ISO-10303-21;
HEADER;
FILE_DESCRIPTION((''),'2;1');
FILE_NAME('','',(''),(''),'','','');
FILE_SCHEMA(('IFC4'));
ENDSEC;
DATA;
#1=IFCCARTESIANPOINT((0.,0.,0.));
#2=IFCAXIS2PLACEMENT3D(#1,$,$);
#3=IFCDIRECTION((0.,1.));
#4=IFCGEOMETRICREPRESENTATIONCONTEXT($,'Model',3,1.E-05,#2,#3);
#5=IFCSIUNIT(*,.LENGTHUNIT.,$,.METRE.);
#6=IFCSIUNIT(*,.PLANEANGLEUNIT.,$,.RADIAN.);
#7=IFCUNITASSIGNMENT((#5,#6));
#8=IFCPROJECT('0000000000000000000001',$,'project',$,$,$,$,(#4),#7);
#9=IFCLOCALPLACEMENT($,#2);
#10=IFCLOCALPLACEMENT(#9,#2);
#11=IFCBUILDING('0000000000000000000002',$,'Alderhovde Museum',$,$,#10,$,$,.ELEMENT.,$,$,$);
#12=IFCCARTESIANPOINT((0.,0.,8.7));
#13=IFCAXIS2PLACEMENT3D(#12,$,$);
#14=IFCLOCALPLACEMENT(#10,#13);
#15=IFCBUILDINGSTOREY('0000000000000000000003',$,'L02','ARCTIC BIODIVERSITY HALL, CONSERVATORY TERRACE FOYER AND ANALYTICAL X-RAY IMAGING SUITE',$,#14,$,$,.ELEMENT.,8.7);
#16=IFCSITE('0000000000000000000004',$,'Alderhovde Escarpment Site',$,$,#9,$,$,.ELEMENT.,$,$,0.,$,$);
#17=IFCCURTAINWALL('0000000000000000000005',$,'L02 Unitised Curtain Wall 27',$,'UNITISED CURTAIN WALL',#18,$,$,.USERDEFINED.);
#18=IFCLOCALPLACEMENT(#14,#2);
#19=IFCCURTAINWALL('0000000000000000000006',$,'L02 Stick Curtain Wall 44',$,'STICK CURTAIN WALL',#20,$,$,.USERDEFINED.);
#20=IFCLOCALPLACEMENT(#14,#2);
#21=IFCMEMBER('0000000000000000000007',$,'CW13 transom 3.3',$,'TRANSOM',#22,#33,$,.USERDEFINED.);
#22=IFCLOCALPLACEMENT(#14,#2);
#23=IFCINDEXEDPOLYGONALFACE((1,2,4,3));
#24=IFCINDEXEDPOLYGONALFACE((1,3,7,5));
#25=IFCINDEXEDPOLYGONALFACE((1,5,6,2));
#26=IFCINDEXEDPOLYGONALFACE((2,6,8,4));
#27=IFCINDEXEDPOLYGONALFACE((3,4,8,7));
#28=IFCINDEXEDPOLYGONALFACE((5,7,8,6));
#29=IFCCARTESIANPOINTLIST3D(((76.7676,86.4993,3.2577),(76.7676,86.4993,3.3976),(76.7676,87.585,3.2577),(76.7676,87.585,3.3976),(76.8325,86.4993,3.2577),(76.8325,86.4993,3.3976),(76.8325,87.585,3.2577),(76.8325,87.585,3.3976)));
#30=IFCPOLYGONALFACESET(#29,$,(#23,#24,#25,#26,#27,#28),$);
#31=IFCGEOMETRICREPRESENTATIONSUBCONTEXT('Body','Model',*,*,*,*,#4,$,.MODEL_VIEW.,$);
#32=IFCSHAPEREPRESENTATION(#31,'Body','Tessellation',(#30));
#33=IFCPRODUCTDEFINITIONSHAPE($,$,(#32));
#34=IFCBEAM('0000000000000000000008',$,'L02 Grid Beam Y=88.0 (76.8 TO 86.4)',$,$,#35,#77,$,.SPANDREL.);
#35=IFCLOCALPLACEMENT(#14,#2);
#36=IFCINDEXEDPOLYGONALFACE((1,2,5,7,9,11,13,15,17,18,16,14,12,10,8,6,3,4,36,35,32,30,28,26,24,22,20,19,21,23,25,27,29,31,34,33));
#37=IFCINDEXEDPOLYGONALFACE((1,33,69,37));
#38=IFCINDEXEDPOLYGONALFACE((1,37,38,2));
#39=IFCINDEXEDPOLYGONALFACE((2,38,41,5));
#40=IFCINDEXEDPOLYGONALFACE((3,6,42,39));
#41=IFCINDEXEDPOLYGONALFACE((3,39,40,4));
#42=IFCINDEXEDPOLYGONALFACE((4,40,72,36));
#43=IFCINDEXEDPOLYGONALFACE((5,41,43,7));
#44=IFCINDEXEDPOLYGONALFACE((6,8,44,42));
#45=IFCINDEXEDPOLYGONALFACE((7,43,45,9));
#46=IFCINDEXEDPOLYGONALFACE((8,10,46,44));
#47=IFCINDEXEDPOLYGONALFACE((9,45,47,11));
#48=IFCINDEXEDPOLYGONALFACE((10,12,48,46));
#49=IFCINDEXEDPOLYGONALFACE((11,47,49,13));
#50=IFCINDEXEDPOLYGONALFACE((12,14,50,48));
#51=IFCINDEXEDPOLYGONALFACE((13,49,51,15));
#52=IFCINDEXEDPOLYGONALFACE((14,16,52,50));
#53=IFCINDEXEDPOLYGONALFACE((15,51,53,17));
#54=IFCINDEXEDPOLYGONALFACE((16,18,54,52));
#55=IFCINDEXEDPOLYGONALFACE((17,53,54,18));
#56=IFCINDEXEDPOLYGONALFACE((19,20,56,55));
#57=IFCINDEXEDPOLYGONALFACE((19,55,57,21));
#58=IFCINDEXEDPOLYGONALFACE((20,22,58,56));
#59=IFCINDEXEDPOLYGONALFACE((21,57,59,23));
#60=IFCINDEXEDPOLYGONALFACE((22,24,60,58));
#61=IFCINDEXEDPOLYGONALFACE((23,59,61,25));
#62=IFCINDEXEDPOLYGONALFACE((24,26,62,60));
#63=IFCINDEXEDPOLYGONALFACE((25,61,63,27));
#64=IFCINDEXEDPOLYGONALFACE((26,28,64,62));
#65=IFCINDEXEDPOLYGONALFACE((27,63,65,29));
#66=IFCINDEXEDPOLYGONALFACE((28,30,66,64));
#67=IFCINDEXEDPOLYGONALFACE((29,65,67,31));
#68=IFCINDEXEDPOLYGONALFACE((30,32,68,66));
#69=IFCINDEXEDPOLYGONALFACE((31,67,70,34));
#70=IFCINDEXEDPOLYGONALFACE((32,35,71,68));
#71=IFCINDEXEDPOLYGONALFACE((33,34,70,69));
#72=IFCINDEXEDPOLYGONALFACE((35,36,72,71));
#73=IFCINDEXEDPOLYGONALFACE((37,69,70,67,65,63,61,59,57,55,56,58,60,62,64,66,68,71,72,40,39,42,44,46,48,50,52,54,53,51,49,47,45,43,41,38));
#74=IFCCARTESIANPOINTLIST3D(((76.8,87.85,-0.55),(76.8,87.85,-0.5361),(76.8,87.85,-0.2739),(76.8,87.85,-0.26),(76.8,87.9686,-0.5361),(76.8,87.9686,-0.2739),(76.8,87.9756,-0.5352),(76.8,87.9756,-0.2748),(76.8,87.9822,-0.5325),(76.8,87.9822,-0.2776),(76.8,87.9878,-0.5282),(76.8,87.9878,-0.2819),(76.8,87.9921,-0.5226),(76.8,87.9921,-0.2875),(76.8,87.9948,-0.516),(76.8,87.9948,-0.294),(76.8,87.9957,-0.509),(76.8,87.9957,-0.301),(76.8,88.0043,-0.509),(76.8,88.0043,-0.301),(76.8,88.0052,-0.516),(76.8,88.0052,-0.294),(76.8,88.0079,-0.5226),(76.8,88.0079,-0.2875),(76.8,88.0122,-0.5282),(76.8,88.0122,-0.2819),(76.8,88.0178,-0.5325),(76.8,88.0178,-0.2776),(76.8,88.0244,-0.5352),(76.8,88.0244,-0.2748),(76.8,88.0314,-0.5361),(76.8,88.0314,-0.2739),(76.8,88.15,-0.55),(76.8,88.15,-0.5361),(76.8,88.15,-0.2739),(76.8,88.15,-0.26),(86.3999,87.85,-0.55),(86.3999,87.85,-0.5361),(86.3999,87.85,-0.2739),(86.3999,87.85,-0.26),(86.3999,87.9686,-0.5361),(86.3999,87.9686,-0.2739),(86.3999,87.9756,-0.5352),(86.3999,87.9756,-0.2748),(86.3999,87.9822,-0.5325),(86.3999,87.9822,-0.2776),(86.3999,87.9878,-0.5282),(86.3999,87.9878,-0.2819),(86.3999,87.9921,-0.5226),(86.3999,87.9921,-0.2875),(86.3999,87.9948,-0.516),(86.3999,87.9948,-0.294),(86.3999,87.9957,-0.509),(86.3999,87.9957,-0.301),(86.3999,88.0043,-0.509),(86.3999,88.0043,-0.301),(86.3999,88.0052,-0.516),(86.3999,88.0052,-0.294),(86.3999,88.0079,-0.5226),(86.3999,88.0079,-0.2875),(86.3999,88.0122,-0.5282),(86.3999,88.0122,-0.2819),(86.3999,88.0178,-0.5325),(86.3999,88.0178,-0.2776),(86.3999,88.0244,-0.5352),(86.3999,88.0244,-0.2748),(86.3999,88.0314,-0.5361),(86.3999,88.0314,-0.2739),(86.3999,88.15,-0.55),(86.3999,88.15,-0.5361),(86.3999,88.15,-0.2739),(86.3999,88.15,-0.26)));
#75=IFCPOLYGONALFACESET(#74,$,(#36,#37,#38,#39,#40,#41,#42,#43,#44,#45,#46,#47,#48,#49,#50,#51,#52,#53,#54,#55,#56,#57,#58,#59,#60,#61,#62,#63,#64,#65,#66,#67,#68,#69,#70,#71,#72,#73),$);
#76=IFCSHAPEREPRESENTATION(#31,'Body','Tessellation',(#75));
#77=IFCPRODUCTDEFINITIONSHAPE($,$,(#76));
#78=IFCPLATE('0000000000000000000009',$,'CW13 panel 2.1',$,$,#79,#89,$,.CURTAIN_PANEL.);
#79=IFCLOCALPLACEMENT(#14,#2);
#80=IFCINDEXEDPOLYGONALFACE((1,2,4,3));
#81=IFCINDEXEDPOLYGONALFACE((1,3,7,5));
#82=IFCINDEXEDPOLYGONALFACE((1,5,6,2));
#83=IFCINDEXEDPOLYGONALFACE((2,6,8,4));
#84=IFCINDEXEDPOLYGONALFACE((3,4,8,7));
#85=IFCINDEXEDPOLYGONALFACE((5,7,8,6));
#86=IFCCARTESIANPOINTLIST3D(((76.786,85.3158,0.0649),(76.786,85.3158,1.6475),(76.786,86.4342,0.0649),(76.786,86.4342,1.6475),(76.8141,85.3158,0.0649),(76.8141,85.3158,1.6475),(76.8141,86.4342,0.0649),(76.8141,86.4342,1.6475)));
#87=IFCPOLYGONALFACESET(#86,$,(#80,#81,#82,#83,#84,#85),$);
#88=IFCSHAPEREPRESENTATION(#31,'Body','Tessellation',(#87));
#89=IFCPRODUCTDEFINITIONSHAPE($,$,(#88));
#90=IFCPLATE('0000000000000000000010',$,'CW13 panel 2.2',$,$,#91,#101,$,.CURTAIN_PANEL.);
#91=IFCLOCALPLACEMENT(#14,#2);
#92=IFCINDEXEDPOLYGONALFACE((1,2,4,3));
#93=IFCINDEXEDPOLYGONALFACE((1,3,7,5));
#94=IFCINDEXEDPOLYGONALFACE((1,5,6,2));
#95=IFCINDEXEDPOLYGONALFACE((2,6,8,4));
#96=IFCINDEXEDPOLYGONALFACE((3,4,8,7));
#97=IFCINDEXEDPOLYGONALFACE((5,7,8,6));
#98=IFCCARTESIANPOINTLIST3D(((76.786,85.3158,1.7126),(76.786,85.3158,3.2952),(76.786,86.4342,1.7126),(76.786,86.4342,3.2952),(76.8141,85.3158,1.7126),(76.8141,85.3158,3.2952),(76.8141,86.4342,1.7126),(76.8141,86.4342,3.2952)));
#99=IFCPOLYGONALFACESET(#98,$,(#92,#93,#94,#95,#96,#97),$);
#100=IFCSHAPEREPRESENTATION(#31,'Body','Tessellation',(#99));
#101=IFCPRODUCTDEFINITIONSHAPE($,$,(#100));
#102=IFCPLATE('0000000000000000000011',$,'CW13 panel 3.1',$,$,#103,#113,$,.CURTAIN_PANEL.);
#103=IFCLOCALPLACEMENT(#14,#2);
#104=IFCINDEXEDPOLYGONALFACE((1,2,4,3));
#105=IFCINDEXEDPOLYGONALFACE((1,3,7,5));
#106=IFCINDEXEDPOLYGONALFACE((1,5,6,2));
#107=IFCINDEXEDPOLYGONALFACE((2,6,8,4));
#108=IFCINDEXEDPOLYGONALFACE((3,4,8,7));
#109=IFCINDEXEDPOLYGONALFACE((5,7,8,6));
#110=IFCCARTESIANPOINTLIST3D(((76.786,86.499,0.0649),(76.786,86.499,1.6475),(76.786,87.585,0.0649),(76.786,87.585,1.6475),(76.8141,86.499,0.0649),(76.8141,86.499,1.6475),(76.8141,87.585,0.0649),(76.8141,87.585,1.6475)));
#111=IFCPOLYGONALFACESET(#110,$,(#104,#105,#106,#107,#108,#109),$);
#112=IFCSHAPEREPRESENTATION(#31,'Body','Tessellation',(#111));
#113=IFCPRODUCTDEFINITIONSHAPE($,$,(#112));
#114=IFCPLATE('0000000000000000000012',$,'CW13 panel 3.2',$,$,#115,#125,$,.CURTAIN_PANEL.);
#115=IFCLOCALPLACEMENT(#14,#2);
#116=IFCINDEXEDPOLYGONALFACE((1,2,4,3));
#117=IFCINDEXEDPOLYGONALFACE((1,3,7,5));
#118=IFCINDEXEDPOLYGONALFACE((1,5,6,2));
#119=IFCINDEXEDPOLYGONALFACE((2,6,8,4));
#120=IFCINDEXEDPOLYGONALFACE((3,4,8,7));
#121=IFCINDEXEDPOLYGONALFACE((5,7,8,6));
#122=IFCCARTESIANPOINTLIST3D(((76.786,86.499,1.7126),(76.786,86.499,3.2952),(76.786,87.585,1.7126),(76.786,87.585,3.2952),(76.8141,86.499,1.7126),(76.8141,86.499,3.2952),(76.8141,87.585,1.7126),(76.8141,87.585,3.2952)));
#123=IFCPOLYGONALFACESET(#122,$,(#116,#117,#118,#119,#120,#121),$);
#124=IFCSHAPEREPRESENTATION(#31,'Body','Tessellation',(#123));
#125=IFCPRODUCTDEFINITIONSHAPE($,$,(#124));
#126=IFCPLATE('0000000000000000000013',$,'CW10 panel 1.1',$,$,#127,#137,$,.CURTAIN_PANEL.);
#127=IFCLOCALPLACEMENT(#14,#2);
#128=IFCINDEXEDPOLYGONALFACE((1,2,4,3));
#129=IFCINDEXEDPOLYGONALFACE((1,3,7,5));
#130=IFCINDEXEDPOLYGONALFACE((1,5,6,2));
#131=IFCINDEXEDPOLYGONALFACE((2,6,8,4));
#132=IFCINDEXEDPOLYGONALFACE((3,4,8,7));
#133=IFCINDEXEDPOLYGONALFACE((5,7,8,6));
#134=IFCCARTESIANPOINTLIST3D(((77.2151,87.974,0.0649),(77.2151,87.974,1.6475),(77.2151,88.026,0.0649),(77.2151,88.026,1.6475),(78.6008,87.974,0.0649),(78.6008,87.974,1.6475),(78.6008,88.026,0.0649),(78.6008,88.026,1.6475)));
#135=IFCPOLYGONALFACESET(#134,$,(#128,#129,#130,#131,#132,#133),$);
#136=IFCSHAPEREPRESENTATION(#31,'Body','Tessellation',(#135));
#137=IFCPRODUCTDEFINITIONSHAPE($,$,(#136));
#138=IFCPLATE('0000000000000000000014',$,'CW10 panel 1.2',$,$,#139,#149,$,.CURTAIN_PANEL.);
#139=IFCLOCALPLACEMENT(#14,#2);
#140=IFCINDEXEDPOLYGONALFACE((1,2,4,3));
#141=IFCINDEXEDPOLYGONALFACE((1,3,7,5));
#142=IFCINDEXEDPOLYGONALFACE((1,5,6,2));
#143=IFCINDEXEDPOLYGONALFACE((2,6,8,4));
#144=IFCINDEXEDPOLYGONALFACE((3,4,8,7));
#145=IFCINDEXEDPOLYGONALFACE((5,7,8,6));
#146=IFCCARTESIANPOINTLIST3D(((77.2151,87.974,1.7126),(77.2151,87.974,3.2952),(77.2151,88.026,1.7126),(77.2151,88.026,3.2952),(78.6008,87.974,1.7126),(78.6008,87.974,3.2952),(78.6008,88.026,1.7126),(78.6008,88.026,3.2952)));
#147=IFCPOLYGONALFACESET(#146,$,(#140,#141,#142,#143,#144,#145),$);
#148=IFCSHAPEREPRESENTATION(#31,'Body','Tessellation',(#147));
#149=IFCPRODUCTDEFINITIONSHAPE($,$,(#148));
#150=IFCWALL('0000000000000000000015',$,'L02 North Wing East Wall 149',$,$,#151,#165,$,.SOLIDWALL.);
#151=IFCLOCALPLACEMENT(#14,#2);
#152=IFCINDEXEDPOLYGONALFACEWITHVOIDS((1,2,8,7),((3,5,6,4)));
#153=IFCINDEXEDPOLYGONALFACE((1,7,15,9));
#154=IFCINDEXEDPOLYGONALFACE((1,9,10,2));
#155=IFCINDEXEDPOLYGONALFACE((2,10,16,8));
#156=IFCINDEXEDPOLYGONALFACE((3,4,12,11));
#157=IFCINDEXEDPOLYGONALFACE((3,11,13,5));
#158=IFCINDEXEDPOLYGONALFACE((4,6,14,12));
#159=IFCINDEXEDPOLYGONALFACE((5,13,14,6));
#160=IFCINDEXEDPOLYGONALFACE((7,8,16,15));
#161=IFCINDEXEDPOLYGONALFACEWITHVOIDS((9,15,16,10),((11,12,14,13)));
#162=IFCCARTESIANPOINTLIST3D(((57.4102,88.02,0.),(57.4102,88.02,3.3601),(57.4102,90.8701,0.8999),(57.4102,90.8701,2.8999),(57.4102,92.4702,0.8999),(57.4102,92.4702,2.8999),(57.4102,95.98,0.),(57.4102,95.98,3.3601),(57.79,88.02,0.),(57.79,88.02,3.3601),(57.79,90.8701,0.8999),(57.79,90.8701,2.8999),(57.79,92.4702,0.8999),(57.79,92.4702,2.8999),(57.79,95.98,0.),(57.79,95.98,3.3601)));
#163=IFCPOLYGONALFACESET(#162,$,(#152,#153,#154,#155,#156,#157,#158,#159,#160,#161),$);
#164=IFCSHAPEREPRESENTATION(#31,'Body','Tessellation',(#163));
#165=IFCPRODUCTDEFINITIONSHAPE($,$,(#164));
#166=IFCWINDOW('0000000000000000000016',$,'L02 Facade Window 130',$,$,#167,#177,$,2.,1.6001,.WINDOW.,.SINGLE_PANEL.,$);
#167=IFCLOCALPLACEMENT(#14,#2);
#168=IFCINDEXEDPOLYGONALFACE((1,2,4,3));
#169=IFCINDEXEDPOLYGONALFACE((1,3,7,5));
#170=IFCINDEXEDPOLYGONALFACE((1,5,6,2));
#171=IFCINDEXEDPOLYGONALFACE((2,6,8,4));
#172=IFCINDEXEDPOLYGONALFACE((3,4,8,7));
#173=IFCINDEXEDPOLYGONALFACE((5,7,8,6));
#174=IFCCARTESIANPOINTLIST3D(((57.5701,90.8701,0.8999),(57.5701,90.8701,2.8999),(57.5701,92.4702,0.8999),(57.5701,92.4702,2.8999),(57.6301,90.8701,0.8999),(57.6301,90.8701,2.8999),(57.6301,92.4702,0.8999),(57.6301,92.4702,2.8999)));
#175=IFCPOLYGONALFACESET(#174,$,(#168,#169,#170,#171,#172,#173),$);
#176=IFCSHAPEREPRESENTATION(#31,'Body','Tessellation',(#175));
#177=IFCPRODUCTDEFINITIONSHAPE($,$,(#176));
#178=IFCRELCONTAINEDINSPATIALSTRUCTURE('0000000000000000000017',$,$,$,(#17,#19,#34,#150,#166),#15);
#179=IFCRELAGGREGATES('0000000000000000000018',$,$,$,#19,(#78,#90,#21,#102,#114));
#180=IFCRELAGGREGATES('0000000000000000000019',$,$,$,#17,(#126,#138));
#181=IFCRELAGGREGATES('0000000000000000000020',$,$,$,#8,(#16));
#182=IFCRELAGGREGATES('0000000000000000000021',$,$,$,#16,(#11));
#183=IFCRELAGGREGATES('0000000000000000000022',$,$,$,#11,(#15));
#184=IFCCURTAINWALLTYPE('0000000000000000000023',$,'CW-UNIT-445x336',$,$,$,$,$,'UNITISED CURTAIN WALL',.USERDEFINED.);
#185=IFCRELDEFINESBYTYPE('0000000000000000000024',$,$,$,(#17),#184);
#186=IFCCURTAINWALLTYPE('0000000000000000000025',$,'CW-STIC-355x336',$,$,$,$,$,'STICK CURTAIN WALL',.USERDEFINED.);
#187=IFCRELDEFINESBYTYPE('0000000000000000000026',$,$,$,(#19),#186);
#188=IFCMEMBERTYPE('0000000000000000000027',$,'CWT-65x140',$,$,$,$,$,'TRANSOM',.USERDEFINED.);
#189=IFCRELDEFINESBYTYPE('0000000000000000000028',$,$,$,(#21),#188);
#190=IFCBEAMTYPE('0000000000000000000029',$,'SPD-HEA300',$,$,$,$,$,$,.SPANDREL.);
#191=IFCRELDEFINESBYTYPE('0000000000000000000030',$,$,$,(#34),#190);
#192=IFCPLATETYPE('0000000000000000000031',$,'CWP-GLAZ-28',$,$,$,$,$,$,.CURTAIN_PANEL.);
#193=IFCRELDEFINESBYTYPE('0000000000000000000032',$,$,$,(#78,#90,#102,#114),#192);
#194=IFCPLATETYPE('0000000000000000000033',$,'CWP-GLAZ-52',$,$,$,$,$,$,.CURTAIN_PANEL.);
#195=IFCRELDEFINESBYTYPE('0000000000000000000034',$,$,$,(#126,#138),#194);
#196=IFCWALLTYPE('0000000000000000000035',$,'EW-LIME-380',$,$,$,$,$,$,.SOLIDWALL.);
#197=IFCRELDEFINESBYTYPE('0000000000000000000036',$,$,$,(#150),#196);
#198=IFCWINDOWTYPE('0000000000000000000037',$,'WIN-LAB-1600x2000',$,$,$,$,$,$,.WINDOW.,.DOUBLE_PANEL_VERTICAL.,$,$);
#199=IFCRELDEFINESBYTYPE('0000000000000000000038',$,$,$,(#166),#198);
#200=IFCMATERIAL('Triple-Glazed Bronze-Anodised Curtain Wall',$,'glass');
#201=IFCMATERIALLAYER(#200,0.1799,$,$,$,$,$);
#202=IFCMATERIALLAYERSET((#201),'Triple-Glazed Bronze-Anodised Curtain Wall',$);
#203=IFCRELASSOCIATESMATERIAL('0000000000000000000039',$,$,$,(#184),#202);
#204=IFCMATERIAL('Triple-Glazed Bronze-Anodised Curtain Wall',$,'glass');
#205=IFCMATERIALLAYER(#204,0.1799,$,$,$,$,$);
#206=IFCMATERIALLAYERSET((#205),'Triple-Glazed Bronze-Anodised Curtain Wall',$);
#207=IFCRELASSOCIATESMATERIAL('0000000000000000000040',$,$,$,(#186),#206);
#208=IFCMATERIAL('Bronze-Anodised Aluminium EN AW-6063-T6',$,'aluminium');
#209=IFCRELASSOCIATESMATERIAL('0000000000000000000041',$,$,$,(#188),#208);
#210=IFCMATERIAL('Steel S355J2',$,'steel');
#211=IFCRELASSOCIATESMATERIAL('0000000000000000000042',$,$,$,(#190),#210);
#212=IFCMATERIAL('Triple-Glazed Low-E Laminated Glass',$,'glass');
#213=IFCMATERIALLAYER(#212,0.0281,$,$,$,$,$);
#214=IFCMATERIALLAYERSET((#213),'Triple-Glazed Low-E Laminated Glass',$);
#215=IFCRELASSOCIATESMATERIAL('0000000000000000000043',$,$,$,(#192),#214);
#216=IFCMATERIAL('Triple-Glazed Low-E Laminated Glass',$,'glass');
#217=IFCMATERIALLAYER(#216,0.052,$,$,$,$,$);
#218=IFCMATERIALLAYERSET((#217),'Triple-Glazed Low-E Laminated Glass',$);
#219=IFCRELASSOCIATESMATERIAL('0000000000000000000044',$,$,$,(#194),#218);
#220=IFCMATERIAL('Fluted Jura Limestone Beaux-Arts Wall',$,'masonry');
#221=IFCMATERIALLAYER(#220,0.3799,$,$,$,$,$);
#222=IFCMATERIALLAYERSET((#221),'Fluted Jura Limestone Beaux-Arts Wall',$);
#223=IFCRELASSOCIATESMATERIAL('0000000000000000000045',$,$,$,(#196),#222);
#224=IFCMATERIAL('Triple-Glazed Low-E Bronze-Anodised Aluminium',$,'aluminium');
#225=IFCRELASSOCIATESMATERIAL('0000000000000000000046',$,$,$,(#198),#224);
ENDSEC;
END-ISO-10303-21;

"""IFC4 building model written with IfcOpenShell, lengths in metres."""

from ifc_helpers import new_model, si_unit, direction, frame, frame_2d, origin, origin_2d, place, context, subcontext, project, spatial, rectangle, i_section, extrude, material, layer, layer_set, material_profile, profile_set, type_object, element, fill, aggregate, save


model = new_model("IFC4")

# Units and contexts
model_context = context("Model", 3, precision=1e-05, world=origin(), true_north=direction((0.0, 1.0)))
body_context = subcontext(model_context, "Body", "Model", "MODEL_VIEW")
ifc_project = project(units=[si_unit("LENGTHUNIT", "METRE"), si_unit("PLANEANGLEUNIT", "RADIAN")], contexts=[model_context])

# Site, building, storey
site_placement = place(None, origin())
site = spatial("IfcSite", under=ifc_project, at=site_placement, Name="Alderhovde Escarpment Site", CompositionType="ELEMENT", RefElevation=0.0)
building_placement = place(site_placement, origin())
building = spatial("IfcBuilding", under=site, at=building_placement, Name="Alderhovde Museum", CompositionType="ELEMENT")
storey_placement = place(building_placement, frame((0.0, 0.0, 8.7)))
storey = spatial("IfcBuildingStorey", under=building, at=storey_placement, Name="L02", Description="ARCTIC BIODIVERSITY HALL, CONSERVATORY TERRACE FOYER AND ANALYTICAL X-RAY IMAGING SUITE", CompositionType="ELEMENT", Elevation=8.7)

# Curtain walls
ifc_material_1 = material(Name="Triple-Glazed Bronze-Anodised Curtain Wall", Category="glass")
ifc_layer_1 = layer(ifc_material_1, 0.1799)
ifc_layer_set_1 = layer_set([ifc_layer_1], Name="Triple-Glazed Bronze-Anodised Curtain Wall")
curtain_wall_type_1 = type_object("IfcCurtainWallType", Name="CW-UNIT-445x336", ElementType="UNITISED CURTAIN WALL", PredefinedType="USERDEFINED", material=ifc_layer_set_1)
curtain_wall_1_placement = place(storey_placement, origin())
curtain_wall_1 = element("IfcCurtainWall", 1, at=curtain_wall_1_placement, inside=storey, type_object=curtain_wall_type_1, Name="L02 Unitised Curtain Wall 27", ObjectType="UNITISED CURTAIN WALL", PredefinedType="USERDEFINED")
ifc_material_2 = material(Name="Triple-Glazed Bronze-Anodised Curtain Wall", Category="glass")
ifc_layer_2 = layer(ifc_material_2, 0.1799)
ifc_layer_set_2 = layer_set([ifc_layer_2], Name="Triple-Glazed Bronze-Anodised Curtain Wall")
curtain_wall_type_2 = type_object("IfcCurtainWallType", Name="CW-STIC-355x336", ElementType="STICK CURTAIN WALL", PredefinedType="USERDEFINED", material=ifc_layer_set_2)
curtain_wall_2_placement = place(storey_placement, origin())
curtain_wall_2 = element("IfcCurtainWall", 2, at=curtain_wall_2_placement, inside=storey, type_object=curtain_wall_type_2, Name="L02 Stick Curtain Wall 44", ObjectType="STICK CURTAIN WALL", PredefinedType="USERDEFINED")

# Member
ifc_material_3 = material(Name="Bronze-Anodised Aluminium EN AW-6063-T6", Category="aluminium")
ifc_material_profile_1 = material_profile(ifc_material_3, rectangle(XDim=0.0649, YDim=0.1399, at=origin_2d()), Name="TRANSOM 65x140")
ifc_profile_set_1 = profile_set([ifc_material_profile_1], Name="Bronze-Anodised Aluminium EN AW-6063-T6")
member_type_1 = type_object("IfcMemberType", Name="CWT-65x140", ElementType="TRANSOM", PredefinedType="USERDEFINED", material=ifc_profile_set_1)
member_1_placement = place(storey_placement, frame((76.8, 86.4993, 3.3276), z_axis=(0.0, 1.0, 0.0), x_axis=(-1.0, 0.0, 0.0)))
member_1 = element("IfcMember", 3, at=member_1_placement, type_object=member_type_1, Name="CW13 transom 3.3", ObjectType="TRANSOM", PredefinedType="USERDEFINED", context=body_context, shape_type="SweptSolid", body=[
    extrude(rectangle(XDim=0.0649, YDim=0.1399, at=origin_2d()), origin(), (0.0, 0.0, 1.0), 1.0857),
])

# Beam
ifc_material_4 = material(Name="Steel S355J2", Category="steel")
ifc_material_profile_2 = material_profile(ifc_material_4, i_section(OverallWidth=0.3, OverallDepth=0.29, WebThickness=0.0085, FlangeThickness=0.0139, FilletRadius=0.0271, at=origin_2d()), Name="HEA 300")
ifc_profile_set_2 = profile_set([ifc_material_profile_2], Name="Steel S355J2")
beam_type_1 = type_object("IfcBeamType", Name="SPD-HEA300", PredefinedType="SPANDREL", material=ifc_profile_set_2)
beam_placement = place(storey_placement, frame((76.8, 88.0, -0.405), z_axis=(1.0, 0.0, 0.0), x_axis=(0.0, 1.0, 0.0)))
element("IfcBeam", 4, at=beam_placement, inside=storey, type_object=beam_type_1, Name="L02 Grid Beam Y=88.0 (76.8 TO 86.4)", PredefinedType="SPANDREL", context=body_context, shape_type="SweptSolid", body=[
    extrude(i_section(OverallWidth=0.3, OverallDepth=0.29, WebThickness=0.0085, FlangeThickness=0.0139, FilletRadius=0.0271, at=origin_2d()), origin(), (0.0, 0.0, 1.0), 9.5999),
])

# Plates
ifc_material_5 = material(Name="Triple-Glazed Low-E Laminated Glass", Category="glass")
ifc_layer_3 = layer(ifc_material_5, 0.0281)
ifc_layer_set_3 = layer_set([ifc_layer_3], Name="Triple-Glazed Low-E Laminated Glass")
plate_type_1 = type_object("IfcPlateType", Name="CWP-GLAZ-28", PredefinedType="CURTAIN_PANEL", material=ifc_layer_set_3)
plate_1_placement = place(storey_placement, frame((76.8, 85.875, 0.0649), z_axis=(0.0, 0.0, 1.0), x_axis=(0.0, 1.0, 0.0)))
plate_1 = element("IfcPlate", 5, at=plate_1_placement, type_object=plate_type_1, Name="CW13 panel 2.1", PredefinedType="CURTAIN_PANEL", context=body_context, shape_type="SweptSolid", body=[
    extrude(rectangle(XDim=1.1184, YDim=0.0281, at=origin_2d()), origin(), (0.0, 0.0, 1.0), 1.5825),
])
plate_2_placement = place(storey_placement, frame((76.8, 85.875, 1.7126), z_axis=(0.0, 0.0, 1.0), x_axis=(0.0, 1.0, 0.0)))
plate_2 = element("IfcPlate", 6, at=plate_2_placement, type_object=plate_type_1, Name="CW13 panel 2.2", PredefinedType="CURTAIN_PANEL", context=body_context, shape_type="SweptSolid", body=[
    extrude(rectangle(XDim=1.1184, YDim=0.0281, at=origin_2d()), origin(), (0.0, 0.0, 1.0), 1.5825),
])
plate_3_placement = place(storey_placement, frame((76.8, 87.042, 0.0649), z_axis=(0.0, 0.0, 1.0), x_axis=(0.0, 1.0, 0.0)))
plate_3 = element("IfcPlate", 7, at=plate_3_placement, type_object=plate_type_1, Name="CW13 panel 3.1", PredefinedType="CURTAIN_PANEL", context=body_context, shape_type="SweptSolid", body=[
    extrude(rectangle(XDim=1.0859, YDim=0.0281, at=origin_2d()), origin(), (0.0, 0.0, 1.0), 1.5825),
])
plate_4_placement = place(storey_placement, frame((76.8, 87.042, 1.7126), z_axis=(0.0, 0.0, 1.0), x_axis=(0.0, 1.0, 0.0)))
plate_4 = element("IfcPlate", 8, at=plate_4_placement, type_object=plate_type_1, Name="CW13 panel 3.2", PredefinedType="CURTAIN_PANEL", context=body_context, shape_type="SweptSolid", body=[
    extrude(rectangle(XDim=1.0859, YDim=0.0281, at=origin_2d()), origin(), (0.0, 0.0, 1.0), 1.5825),
])
aggregate(curtain_wall_2, [plate_1, plate_2, member_1, plate_3, plate_4])
ifc_material_6 = material(Name="Triple-Glazed Low-E Laminated Glass", Category="glass")
ifc_layer_4 = layer(ifc_material_6, 0.052)
ifc_layer_set_4 = layer_set([ifc_layer_4], Name="Triple-Glazed Low-E Laminated Glass")
plate_type_2 = type_object("IfcPlateType", Name="CWP-GLAZ-52", PredefinedType="CURTAIN_PANEL", material=ifc_layer_set_4)
plate_5_placement = place(storey_placement, frame((77.908, 88.0, 0.0649), z_axis=(0.0, 0.0, 1.0), x_axis=(1.0, 0.0, 0.0)))
plate_5 = element("IfcPlate", 9, at=plate_5_placement, type_object=plate_type_2, Name="CW10 panel 1.1", PredefinedType="CURTAIN_PANEL", context=body_context, shape_type="SweptSolid", body=[
    extrude(rectangle(XDim=1.3857, YDim=0.052, at=origin_2d()), origin(), (0.0, 0.0, 1.0), 1.5825),
])
plate_6_placement = place(storey_placement, frame((77.908, 88.0, 1.7126), z_axis=(0.0, 0.0, 1.0), x_axis=(1.0, 0.0, 0.0)))
plate_6 = element("IfcPlate", 10, at=plate_6_placement, type_object=plate_type_2, Name="CW10 panel 1.2", PredefinedType="CURTAIN_PANEL", context=body_context, shape_type="SweptSolid", body=[
    extrude(rectangle(XDim=1.3857, YDim=0.052, at=origin_2d()), origin(), (0.0, 0.0, 1.0), 1.5825),
])
aggregate(curtain_wall_1, [plate_5, plate_6])

# Wall, opening, window
ifc_material_7 = material(Name="Fluted Jura Limestone Beaux-Arts Wall", Category="masonry")
ifc_layer_5 = layer(ifc_material_7, 0.3799)
ifc_layer_set_5 = layer_set([ifc_layer_5], Name="Fluted Jura Limestone Beaux-Arts Wall")
wall_type = type_object("IfcWallType", Name="EW-LIME-380", PredefinedType="SOLIDWALL", material=ifc_layer_set_5)
wall_1_placement = place(storey_placement, frame((57.6001, 88.02, 0.0), z_axis=(0.0, 0.0, 1.0), x_axis=(0.0, 1.0, 0.0)))
wall_1 = element("IfcWall", 11, at=wall_1_placement, inside=storey, type_object=wall_type, Name="L02 North Wing East Wall 149", PredefinedType="SOLIDWALL", context=body_context, shape_type="SweptSolid", body=[
    extrude(rectangle(XDim=7.96, YDim=0.3799, at=frame_2d((3.98, 0.0))), origin(), (0.0, 0.0, 1.0), 3.3601),
])
opening_1_placement = place(wall_1_placement, frame((2.8501, 0.0, 0.8999)))
opening_1 = element("IfcOpeningElement", 12, at=opening_1_placement, cuts=wall_1, PredefinedType="OPENING", context=body_context, shape_type="SweptSolid", body=[
    extrude(rectangle(XDim=1.6001, YDim=2.0, at=frame_2d((0.8, 1.0))), frame((0.0, 0.2, 0.0), z_axis=(0.0, -1.0, 0.0), x_axis=(1.0, 0.0, 0.0)), (0.0, 0.0, 1.0), 0.3999),
])
ifc_material_8 = material(Name="Triple-Glazed Low-E Bronze-Anodised Aluminium", Category="aluminium")
window_type = type_object("IfcWindowType", Name="WIN-LAB-1600x2000", PartitioningType="DOUBLE_PANEL_VERTICAL", PredefinedType="WINDOW", material=ifc_material_8)
window_1_placement = place(opening_1_placement, origin())
window_1 = element("IfcWindow", 13, at=window_1_placement, inside=storey, type_object=window_type, Name="L02 Facade Window 130", OverallHeight=2.0, OverallWidth=1.6001, PartitioningType="SINGLE_PANEL", PredefinedType="WINDOW", context=body_context, shape_type="SweptSolid", body=[
    extrude(rectangle(XDim=1.6001, YDim=2.0, at=frame_2d((0.8, 1.0))), frame((0.0, 0.03, 0.0), z_axis=(0.0, -1.0, 0.0), x_axis=(1.0, 0.0, 0.0)), (0.0, 0.0, 1.0), 0.0601),
])
fill(opening_1, window_1)

save(model, "model.ifc")
